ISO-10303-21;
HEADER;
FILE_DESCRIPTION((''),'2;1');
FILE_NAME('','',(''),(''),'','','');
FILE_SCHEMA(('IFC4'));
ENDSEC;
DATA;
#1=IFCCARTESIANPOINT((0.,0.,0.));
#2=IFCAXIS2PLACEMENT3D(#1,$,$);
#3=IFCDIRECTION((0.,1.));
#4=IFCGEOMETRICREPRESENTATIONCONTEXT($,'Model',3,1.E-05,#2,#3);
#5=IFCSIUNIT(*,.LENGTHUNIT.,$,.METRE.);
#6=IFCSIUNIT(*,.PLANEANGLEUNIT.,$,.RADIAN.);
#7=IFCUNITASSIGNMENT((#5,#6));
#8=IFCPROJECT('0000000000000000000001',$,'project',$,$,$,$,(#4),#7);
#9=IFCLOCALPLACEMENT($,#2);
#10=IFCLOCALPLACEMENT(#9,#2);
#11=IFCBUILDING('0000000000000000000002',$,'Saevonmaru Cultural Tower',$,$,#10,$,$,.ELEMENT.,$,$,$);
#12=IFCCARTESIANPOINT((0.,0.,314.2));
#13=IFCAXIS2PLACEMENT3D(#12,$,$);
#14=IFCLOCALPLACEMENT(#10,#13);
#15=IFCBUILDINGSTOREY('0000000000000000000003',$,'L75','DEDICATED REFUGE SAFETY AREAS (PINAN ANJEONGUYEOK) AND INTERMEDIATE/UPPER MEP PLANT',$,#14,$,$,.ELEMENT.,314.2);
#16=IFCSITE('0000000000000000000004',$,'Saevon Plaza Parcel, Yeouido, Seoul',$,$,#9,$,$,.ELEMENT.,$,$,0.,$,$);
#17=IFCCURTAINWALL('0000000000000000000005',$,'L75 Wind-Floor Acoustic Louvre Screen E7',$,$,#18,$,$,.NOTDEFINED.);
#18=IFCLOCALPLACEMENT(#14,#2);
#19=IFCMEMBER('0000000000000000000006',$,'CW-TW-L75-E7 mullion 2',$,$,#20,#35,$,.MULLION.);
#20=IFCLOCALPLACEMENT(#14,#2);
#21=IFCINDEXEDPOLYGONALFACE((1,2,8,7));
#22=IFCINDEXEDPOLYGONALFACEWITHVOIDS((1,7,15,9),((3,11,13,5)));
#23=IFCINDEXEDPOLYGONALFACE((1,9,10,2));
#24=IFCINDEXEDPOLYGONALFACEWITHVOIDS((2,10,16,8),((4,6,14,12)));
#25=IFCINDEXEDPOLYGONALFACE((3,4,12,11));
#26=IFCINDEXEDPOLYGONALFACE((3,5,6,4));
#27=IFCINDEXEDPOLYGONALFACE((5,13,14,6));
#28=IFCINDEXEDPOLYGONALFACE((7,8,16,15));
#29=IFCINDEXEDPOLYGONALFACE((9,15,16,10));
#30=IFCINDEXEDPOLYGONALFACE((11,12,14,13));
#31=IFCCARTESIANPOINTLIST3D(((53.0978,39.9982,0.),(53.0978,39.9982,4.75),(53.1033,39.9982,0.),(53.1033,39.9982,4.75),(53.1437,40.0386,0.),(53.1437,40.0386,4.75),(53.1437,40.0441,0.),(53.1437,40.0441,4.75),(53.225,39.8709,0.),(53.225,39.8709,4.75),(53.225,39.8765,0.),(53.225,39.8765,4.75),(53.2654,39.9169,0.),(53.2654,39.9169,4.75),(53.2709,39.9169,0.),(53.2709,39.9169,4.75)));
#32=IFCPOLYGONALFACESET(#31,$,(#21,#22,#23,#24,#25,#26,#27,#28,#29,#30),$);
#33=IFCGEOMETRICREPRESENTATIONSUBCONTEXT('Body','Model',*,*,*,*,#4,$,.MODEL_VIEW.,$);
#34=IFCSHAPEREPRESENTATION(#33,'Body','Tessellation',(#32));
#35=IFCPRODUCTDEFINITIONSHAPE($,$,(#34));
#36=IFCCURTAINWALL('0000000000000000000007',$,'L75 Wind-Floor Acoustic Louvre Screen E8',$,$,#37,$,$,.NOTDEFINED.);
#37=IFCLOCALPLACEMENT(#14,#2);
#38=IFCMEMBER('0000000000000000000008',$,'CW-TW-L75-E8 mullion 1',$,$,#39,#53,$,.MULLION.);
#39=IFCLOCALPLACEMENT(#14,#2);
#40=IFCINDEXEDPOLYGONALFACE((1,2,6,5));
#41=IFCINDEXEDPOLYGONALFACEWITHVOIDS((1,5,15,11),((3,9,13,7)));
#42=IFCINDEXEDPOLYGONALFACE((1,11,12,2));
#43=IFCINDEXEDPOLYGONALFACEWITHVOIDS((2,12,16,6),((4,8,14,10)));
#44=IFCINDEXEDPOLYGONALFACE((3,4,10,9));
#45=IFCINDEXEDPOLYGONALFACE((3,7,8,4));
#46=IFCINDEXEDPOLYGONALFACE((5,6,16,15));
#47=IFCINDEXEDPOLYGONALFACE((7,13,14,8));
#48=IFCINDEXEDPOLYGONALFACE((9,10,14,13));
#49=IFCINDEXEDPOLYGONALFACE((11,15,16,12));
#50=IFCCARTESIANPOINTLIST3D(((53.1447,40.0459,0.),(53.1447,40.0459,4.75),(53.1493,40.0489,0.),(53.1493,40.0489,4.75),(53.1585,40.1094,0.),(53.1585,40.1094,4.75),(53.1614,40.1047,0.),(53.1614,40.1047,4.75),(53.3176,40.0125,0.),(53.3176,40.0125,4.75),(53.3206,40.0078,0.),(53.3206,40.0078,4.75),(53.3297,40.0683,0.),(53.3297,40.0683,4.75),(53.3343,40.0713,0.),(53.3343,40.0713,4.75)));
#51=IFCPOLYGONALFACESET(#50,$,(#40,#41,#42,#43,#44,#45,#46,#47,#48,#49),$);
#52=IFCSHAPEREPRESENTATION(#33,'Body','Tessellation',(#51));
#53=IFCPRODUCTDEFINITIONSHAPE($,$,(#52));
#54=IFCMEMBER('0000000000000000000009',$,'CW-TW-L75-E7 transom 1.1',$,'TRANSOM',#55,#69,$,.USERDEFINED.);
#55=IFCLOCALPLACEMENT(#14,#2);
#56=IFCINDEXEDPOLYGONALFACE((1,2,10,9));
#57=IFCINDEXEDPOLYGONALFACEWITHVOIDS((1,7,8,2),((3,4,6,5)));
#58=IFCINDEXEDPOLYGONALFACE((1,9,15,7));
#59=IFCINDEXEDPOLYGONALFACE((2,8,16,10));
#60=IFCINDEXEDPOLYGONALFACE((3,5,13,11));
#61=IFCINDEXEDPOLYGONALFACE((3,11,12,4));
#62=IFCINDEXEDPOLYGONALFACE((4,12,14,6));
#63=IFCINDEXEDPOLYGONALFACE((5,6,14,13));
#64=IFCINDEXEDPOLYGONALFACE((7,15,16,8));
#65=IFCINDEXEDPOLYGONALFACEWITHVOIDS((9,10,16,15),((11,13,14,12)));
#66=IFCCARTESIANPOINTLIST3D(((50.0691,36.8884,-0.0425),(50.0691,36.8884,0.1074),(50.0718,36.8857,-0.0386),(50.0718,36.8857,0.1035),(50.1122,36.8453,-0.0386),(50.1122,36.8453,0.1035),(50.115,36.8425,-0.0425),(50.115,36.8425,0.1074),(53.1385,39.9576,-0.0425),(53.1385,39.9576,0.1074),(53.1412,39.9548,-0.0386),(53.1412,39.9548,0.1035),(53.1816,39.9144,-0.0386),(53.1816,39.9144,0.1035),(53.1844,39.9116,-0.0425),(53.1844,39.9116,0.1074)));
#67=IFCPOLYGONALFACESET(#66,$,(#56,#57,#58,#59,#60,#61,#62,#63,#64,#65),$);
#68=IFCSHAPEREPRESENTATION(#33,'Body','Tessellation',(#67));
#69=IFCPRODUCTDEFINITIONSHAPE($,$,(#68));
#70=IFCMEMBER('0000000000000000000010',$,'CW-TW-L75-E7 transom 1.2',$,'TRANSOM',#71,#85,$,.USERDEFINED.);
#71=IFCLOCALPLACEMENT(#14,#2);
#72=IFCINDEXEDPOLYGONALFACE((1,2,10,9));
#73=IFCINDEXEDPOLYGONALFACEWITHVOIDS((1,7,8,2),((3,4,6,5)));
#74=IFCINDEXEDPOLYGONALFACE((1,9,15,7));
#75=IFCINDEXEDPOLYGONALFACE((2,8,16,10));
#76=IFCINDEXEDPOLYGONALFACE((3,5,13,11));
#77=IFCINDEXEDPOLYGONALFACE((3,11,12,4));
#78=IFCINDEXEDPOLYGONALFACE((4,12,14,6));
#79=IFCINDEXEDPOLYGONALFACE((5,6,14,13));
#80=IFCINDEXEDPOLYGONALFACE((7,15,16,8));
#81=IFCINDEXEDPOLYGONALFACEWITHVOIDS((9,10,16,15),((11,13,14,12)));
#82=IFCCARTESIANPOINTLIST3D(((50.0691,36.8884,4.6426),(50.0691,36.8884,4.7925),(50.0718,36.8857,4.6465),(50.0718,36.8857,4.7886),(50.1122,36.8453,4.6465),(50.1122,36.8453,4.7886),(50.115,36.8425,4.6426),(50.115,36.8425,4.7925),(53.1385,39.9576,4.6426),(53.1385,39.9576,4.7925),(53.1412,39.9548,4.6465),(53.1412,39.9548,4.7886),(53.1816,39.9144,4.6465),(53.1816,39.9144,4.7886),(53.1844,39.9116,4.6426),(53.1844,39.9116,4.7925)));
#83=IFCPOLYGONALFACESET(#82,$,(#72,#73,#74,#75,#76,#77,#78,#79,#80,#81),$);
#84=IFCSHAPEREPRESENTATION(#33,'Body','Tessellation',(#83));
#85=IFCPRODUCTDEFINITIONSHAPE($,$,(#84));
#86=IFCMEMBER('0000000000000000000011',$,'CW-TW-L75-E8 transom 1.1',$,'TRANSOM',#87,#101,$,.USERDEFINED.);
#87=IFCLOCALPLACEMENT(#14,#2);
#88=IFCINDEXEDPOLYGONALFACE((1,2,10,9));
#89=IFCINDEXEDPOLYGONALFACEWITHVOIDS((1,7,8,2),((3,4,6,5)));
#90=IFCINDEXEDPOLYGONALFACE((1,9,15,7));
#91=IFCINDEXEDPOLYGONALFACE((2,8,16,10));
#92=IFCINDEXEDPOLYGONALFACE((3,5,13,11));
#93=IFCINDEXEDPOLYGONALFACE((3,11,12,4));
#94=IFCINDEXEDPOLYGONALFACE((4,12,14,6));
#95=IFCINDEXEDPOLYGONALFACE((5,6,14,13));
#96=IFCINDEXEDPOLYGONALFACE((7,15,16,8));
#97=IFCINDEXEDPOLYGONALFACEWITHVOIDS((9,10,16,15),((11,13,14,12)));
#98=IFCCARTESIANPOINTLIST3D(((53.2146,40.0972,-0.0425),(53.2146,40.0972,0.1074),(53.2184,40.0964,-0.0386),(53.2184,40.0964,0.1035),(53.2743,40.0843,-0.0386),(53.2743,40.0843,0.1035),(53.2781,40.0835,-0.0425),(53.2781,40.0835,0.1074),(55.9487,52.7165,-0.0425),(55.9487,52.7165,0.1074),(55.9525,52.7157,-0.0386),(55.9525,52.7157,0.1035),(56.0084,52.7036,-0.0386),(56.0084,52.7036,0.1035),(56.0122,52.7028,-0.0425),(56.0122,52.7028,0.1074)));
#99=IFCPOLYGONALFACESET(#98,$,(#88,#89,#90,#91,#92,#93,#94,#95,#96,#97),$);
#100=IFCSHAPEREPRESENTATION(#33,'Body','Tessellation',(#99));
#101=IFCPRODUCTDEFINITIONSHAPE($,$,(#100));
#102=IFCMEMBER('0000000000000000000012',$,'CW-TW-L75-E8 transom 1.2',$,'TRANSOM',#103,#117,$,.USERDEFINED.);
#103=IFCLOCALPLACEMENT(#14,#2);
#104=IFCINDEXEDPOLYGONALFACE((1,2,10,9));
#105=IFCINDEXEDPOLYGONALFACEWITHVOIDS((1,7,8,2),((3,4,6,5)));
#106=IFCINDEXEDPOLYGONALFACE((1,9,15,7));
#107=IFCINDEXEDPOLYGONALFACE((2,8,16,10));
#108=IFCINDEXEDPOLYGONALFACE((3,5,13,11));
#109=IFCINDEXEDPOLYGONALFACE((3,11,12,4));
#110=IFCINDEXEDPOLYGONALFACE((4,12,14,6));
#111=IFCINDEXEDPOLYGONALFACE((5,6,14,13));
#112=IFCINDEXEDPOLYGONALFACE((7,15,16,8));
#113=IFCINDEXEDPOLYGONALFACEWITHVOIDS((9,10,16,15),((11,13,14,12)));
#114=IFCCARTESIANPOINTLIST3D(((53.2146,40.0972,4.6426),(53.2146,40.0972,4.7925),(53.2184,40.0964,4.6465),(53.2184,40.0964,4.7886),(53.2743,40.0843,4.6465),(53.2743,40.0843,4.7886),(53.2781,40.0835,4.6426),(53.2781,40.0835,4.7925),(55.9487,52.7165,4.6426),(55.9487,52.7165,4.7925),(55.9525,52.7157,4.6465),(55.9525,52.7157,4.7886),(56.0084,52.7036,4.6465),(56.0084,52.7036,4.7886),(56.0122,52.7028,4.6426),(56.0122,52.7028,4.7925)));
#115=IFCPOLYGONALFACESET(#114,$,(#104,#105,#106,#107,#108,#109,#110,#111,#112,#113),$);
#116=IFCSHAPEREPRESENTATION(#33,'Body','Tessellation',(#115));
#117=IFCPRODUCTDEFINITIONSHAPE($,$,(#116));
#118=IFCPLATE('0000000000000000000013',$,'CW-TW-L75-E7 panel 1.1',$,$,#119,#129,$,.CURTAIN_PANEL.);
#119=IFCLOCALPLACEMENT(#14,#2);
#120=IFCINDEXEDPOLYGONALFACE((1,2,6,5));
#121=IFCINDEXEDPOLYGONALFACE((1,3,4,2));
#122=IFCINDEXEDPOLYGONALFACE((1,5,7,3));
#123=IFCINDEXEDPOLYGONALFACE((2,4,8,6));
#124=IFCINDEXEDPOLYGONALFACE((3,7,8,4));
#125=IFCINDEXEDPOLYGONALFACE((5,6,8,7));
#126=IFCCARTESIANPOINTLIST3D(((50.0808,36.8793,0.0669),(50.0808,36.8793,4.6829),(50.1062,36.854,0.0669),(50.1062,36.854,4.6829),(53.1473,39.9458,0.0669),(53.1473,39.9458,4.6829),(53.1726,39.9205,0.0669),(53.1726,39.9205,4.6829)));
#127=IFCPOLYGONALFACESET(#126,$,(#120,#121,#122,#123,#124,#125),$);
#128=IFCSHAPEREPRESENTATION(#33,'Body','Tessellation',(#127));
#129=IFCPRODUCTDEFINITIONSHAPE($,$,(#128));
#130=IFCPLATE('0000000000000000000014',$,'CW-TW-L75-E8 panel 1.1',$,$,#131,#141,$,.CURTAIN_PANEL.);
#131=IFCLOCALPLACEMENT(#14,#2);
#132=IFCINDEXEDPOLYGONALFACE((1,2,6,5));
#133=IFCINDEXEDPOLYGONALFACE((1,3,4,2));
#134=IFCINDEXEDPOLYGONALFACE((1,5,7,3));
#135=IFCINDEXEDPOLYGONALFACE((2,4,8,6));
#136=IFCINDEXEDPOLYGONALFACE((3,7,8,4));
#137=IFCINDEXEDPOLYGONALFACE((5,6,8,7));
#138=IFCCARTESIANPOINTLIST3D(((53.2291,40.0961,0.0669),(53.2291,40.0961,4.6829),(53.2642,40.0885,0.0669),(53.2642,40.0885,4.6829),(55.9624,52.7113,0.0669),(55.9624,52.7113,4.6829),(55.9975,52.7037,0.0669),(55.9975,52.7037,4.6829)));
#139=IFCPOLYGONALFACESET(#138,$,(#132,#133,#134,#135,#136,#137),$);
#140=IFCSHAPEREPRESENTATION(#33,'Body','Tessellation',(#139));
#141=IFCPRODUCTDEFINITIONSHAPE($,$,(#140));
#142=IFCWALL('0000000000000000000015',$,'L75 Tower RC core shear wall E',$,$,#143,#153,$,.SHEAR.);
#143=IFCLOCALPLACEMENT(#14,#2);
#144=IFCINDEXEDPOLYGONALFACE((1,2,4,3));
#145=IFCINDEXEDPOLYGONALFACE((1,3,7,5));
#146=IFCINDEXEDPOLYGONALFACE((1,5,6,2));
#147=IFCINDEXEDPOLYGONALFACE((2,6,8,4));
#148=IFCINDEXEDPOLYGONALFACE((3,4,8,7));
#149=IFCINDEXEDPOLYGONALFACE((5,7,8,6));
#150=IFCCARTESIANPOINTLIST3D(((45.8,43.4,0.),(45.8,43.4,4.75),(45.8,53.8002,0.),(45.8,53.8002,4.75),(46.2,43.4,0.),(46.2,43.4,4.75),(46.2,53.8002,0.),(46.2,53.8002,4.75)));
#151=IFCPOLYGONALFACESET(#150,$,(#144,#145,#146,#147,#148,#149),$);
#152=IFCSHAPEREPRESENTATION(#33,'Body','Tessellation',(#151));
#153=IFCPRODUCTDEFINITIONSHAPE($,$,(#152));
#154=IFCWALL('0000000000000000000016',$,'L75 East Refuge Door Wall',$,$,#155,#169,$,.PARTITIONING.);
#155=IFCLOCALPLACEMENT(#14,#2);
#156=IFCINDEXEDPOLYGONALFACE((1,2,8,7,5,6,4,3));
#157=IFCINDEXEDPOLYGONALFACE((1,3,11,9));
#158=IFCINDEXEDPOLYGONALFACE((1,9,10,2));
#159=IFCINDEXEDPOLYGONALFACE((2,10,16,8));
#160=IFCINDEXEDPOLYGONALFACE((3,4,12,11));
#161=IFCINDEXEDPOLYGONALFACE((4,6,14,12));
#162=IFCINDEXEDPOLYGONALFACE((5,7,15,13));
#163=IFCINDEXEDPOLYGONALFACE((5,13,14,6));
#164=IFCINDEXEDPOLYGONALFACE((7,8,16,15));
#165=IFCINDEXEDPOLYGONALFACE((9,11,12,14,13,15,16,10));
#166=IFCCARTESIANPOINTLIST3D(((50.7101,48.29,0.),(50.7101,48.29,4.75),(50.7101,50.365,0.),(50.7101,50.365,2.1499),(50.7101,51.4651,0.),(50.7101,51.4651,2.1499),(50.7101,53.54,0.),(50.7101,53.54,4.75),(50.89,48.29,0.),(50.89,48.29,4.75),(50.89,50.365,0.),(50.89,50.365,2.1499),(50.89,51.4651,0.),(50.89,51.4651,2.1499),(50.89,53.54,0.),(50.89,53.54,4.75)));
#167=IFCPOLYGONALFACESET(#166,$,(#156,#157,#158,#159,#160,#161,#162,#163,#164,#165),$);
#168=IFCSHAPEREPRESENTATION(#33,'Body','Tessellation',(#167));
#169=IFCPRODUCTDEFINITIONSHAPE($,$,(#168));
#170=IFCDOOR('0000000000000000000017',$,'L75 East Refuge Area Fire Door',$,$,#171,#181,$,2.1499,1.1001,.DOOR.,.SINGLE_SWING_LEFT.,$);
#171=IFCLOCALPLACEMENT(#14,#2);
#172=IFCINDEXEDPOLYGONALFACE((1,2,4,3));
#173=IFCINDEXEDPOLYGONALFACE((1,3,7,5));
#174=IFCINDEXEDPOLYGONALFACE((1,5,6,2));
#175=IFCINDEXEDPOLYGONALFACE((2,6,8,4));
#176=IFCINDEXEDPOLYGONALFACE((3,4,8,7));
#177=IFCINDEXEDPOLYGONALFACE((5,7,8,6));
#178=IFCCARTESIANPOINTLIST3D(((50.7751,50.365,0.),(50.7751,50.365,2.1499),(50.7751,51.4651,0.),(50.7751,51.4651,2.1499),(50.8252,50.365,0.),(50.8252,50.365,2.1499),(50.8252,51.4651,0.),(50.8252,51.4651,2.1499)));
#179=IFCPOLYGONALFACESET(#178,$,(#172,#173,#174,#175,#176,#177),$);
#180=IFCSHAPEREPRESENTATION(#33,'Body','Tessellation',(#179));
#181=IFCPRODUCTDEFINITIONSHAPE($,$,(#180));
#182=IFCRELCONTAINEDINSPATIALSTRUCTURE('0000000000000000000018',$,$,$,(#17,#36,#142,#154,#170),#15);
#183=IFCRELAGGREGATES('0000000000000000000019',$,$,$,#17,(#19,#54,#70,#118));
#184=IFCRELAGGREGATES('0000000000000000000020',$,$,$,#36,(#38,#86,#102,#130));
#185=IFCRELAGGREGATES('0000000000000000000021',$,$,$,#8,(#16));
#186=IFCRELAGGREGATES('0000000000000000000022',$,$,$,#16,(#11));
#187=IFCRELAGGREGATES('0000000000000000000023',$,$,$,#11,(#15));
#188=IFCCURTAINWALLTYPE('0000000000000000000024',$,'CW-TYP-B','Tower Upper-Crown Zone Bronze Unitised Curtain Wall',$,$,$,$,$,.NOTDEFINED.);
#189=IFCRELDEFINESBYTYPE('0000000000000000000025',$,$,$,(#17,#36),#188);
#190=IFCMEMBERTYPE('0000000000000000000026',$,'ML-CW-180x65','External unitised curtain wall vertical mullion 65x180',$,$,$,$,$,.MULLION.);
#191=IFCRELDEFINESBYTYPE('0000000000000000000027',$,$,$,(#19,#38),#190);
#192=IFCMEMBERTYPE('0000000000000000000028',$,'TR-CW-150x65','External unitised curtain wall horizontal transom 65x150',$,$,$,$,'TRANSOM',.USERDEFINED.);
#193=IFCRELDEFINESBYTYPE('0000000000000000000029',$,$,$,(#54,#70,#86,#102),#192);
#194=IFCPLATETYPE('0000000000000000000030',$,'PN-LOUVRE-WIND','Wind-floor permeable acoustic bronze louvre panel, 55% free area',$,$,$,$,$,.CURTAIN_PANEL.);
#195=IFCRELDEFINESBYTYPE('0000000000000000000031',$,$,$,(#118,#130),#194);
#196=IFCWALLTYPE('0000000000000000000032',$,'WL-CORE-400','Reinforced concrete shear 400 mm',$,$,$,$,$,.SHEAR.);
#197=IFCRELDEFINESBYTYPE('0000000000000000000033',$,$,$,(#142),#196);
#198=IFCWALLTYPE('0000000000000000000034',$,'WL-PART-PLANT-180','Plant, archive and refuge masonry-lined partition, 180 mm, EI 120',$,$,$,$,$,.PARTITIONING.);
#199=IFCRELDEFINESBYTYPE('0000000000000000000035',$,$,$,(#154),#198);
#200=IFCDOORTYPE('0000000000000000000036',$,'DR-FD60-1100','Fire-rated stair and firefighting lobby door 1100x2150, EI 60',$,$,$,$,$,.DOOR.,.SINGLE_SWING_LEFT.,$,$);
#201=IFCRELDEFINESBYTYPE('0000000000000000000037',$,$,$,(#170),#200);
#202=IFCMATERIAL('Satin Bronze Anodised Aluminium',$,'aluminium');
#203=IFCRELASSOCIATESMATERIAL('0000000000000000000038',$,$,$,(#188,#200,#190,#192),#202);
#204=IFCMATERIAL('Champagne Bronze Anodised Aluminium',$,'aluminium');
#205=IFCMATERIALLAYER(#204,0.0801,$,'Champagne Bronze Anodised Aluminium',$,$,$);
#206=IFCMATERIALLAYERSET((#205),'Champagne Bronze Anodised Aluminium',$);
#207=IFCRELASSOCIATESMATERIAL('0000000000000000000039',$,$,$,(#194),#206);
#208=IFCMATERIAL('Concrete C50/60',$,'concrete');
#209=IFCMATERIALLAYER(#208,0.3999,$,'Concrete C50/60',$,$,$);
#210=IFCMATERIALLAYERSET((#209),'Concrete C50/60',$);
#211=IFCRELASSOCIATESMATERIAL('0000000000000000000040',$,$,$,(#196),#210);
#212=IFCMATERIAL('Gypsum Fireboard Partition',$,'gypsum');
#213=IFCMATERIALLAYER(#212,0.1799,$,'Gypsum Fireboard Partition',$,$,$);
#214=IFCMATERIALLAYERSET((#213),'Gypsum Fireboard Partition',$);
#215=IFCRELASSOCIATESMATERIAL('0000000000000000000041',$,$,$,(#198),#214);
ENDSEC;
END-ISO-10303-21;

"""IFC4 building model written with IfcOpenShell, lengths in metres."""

from ifc_helpers import new_model, si_unit, direction, frame, frame_2d, origin, origin_2d, place, context, subcontext, project, spatial, rectangle, hollow_rectangle, extrude, material, layer, layer_set, material_profile, profile_set, type_object, element, fill, aggregate, save


model = new_model("IFC4")

# Units and contexts
model_context = context("Model", 3, precision=1e-05, world=origin(), true_north=direction((0.0, 1.0)))
body_context = subcontext(model_context, "Body", "Model", "MODEL_VIEW")
ifc_project = project(units=[si_unit("LENGTHUNIT", "METRE"), si_unit("PLANEANGLEUNIT", "RADIAN")], contexts=[model_context])

# Site, building, storey
site_placement = place(None, origin())
site = spatial("IfcSite", under=ifc_project, at=site_placement, Name="Saevon Plaza Parcel, Yeouido, Seoul", CompositionType="ELEMENT", RefElevation=0.0)
building_placement = place(site_placement, origin())
building = spatial("IfcBuilding", under=site, at=building_placement, Name="Saevonmaru Cultural Tower", CompositionType="ELEMENT")
storey_placement = place(building_placement, frame((0.0, 0.0, 314.2)))
storey = spatial("IfcBuildingStorey", under=building, at=storey_placement, Name="L75", Description="DEDICATED REFUGE SAFETY AREAS (PINAN ANJEONGUYEOK) AND INTERMEDIATE/UPPER MEP PLANT", CompositionType="ELEMENT", Elevation=314.2)

# Shared definitions
ifc_material_1 = material(Name="Satin Bronze Anodised Aluminium", Category="aluminium")
curtain_wall_type = type_object("IfcCurtainWallType", Name="CW-TYP-B", Description="Tower Upper-Crown Zone Bronze Unitised Curtain Wall", PredefinedType="NOTDEFINED", material=ifc_material_1)
ifc_material_profile_1 = material_profile(ifc_material_1, hollow_rectangle(XDim=0.0649, YDim=0.1799, WallThickness=0.0039, at=origin_2d()), Name="ALU-MULL-180x65x4")
ifc_profile_set_1 = profile_set([ifc_material_profile_1], Name="Satin Bronze Anodised Aluminium")
member_type_1 = type_object("IfcMemberType", Name="ML-CW-180x65", Description="External unitised curtain wall vertical mullion 65x180", PredefinedType="MULLION", material=ifc_profile_set_1)

# Curtain wall, member
curtain_wall_1_placement = place(storey_placement, origin())
curtain_wall_1 = element("IfcCurtainWall", 1, at=curtain_wall_1_placement, inside=storey, type_object=curtain_wall_type, Name="L75 Wind-Floor Acoustic Louvre Screen E7", PredefinedType="NOTDEFINED")
member_1_placement = place(storey_placement, frame((53.1843, 39.9575, 0.0), z_axis=(0.0, 0.0, 1.0), x_axis=(0.707107, 0.707107, 0.0)))
member_1 = element("IfcMember", 2, at=member_1_placement, type_object=member_type_1, Name="CW-TW-L75-E7 mullion 2", PredefinedType="MULLION", context=body_context, shape_type="SweptSolid", body=[
    extrude(hollow_rectangle(XDim=0.0649, YDim=0.1799, WallThickness=0.0039, at=origin_2d()), origin(), (0.0, 0.0, 1.0), 4.75),
])

# Curtain wall, member
curtain_wall_2_placement = place(storey_placement, origin())
curtain_wall_2 = element("IfcCurtainWall", 3, at=curtain_wall_2_placement, inside=storey, type_object=curtain_wall_type, Name="L75 Wind-Floor Acoustic Louvre Screen E8", PredefinedType="NOTDEFINED")
member_2_placement = place(storey_placement, frame((53.2395, 40.0586, 0.0), z_axis=(0.0, 0.0, 1.0), x_axis=(0.21175, 0.977324, 0.0)))
member_2 = element("IfcMember", 4, at=member_2_placement, type_object=member_type_1, Name="CW-TW-L75-E8 mullion 1", PredefinedType="MULLION", context=body_context, shape_type="SweptSolid", body=[
    extrude(hollow_rectangle(XDim=0.0649, YDim=0.1799, WallThickness=0.0039, at=origin_2d()), origin(), (0.0, 0.0, 1.0), 4.75),
])

# Members
ifc_material_profile_2 = material_profile(ifc_material_1, hollow_rectangle(XDim=0.0649, YDim=0.1499, WallThickness=0.0039, at=origin_2d()), Name="ALU-TRAN-150x65x4")
ifc_profile_set_2 = profile_set([ifc_material_profile_2], Name="Satin Bronze Anodised Aluminium")
member_type_2 = type_object("IfcMemberType", Name="TR-CW-150x65", Description="External unitised curtain wall horizontal transom 65x150", ElementType="TRANSOM", PredefinedType="USERDEFINED", material=ifc_profile_set_2)
member_3_placement = place(storey_placement, frame((50.092, 36.8655, 0.0325), z_axis=(0.707135, 0.707079, 0.0), x_axis=(-0.707079, 0.707135, 0.0)))
member_3 = element("IfcMember", 5, at=member_3_placement, type_object=member_type_2, Name="CW-TW-L75-E7 transom 1.1", ObjectType="TRANSOM", PredefinedType="USERDEFINED", context=body_context, shape_type="SweptSolid", body=[
    extrude(hollow_rectangle(XDim=0.0649, YDim=0.1499, WallThickness=0.0039, at=origin_2d()), origin(), (0.0, 0.0, 1.0), 4.3406),
])
member_4_placement = place(storey_placement, frame((50.092, 36.8655, 4.7175), z_axis=(0.707135, 0.707079, 0.0), x_axis=(-0.707079, 0.707135, 0.0)))
member_4 = element("IfcMember", 6, at=member_4_placement, type_object=member_type_2, Name="CW-TW-L75-E7 transom 1.2", ObjectType="TRANSOM", PredefinedType="USERDEFINED", context=body_context, shape_type="SweptSolid", body=[
    extrude(hollow_rectangle(XDim=0.0649, YDim=0.1499, WallThickness=0.0039, at=origin_2d()), origin(), (0.0, 0.0, 1.0), 4.3406),
])
member_5_placement = place(storey_placement, frame((53.2463, 40.0903, 0.0325), z_axis=(0.211748, 0.977324, 0.0), x_axis=(-0.977324, 0.211748, 0.0)))
member_5 = element("IfcMember", 7, at=member_5_placement, type_object=member_type_2, Name="CW-TW-L75-E8 transom 1.1", ObjectType="TRANSOM", PredefinedType="USERDEFINED", context=body_context, shape_type="SweptSolid", body=[
    extrude(hollow_rectangle(XDim=0.0649, YDim=0.1499, WallThickness=0.0039, at=origin_2d()), origin(), (0.0, 0.0, 1.0), 12.9121),
])
member_6_placement = place(storey_placement, frame((53.2463, 40.0903, 4.7175), z_axis=(0.211748, 0.977324, 0.0), x_axis=(-0.977324, 0.211748, 0.0)))
member_6 = element("IfcMember", 8, at=member_6_placement, type_object=member_type_2, Name="CW-TW-L75-E8 transom 1.2", ObjectType="TRANSOM", PredefinedType="USERDEFINED", context=body_context, shape_type="SweptSolid", body=[
    extrude(hollow_rectangle(XDim=0.0649, YDim=0.1499, WallThickness=0.0039, at=origin_2d()), origin(), (0.0, 0.0, 1.0), 12.9121),
])

# Plates
ifc_material_2 = material(Name="Champagne Bronze Anodised Aluminium", Category="aluminium")
ifc_layer_1 = layer(ifc_material_2, 0.0801, Name="Champagne Bronze Anodised Aluminium")
ifc_layer_set_1 = layer_set([ifc_layer_1], Name="Champagne Bronze Anodised Aluminium")
plate_type = type_object("IfcPlateType", Name="PN-LOUVRE-WIND", Description="Wind-floor permeable acoustic bronze louvre panel, 55% free area", PredefinedType="CURTAIN_PANEL", material=ifc_layer_set_1)
plate_1_placement = place(storey_placement, frame((51.6267, 38.3999, 0.0669), z_axis=(0.0, 0.0, 1.0), x_axis=(0.707107, 0.707107, 0.0)))
plate_1 = element("IfcPlate", 9, at=plate_1_placement, type_object=plate_type, Name="CW-TW-L75-E7 panel 1.1", PredefinedType="CURTAIN_PANEL", context=body_context, shape_type="SweptSolid", body=[
    extrude(rectangle(XDim=4.3367, YDim=0.0359, at=origin_2d()), origin(), (0.0, 0.0, 1.0), 4.616),
])
aggregate(curtain_wall_1, [member_1, member_3, member_4, plate_1])
plate_2_placement = place(storey_placement, frame((54.6133, 46.3999, 0.0669), z_axis=(0.0, 0.0, 1.0), x_axis=(0.21175, 0.977324, 0.0)))
plate_2 = element("IfcPlate", 10, at=plate_2_placement, type_object=plate_type, Name="CW-TW-L75-E8 panel 1.1", PredefinedType="CURTAIN_PANEL", context=body_context, shape_type="SweptSolid", body=[
    extrude(rectangle(XDim=12.908, YDim=0.0359, at=origin_2d()), origin(), (0.0, 0.0, 1.0), 4.616),
])
aggregate(curtain_wall_2, [member_2, member_5, member_6, plate_2])

# Wall
ifc_material_3 = material(Name="Concrete C50/60", Category="concrete")
ifc_layer_2 = layer(ifc_material_3, 0.3999, Name="Concrete C50/60")
ifc_layer_set_2 = layer_set([ifc_layer_2], Name="Concrete C50/60")
wall_type_1 = type_object("IfcWallType", Name="WL-CORE-400", Description="Reinforced concrete shear 400 mm", PredefinedType="SHEAR", material=ifc_layer_set_2)
wall_1_placement = place(storey_placement, frame((46.0, 43.3999, 0.0), z_axis=(0.0, 0.0, 1.0), x_axis=(0.0, 1.0, 0.0)))
element("IfcWall", 11, at=wall_1_placement, inside=storey, type_object=wall_type_1, Name="L75 Tower RC core shear wall E", PredefinedType="SHEAR", context=body_context, shape_type="SweptSolid", body=[
    extrude(rectangle(XDim=10.4001, YDim=0.3999, at=frame_2d((5.2002, 0.0))), origin(), (0.0, 0.0, 1.0), 4.75),
])

# Wall, opening, door
ifc_material_4 = material(Name="Gypsum Fireboard Partition", Category="gypsum")
ifc_layer_3 = layer(ifc_material_4, 0.1799, Name="Gypsum Fireboard Partition")
ifc_layer_set_3 = layer_set([ifc_layer_3], Name="Gypsum Fireboard Partition")
wall_type_2 = type_object("IfcWallType", Name="WL-PART-PLANT-180", Description="Plant, archive and refuge masonry-lined partition, 180 mm, EI 120", PredefinedType="PARTITIONING", material=ifc_layer_set_3)
wall_2_placement = place(storey_placement, frame((50.8, 48.29, 0.0), z_axis=(0.0, 0.0, 1.0), x_axis=(0.0, 1.0, 0.0)))
wall_2 = element("IfcWall", 12, at=wall_2_placement, inside=storey, type_object=wall_type_2, Name="L75 East Refuge Door Wall", PredefinedType="PARTITIONING", context=body_context, shape_type="SweptSolid", body=[
    extrude(rectangle(XDim=5.25, YDim=0.1799, at=frame_2d((2.625, 0.0))), origin(), (0.0, 0.0, 1.0), 4.75),
])
opening_1_placement = place(wall_2_placement, frame((2.075, 0.0, 0.0)))
opening_1 = element("IfcOpeningElement", 13, at=opening_1_placement, cuts=wall_2, PredefinedType="OPENING", context=body_context, shape_type="SweptSolid", body=[
    extrude(rectangle(XDim=1.1001, YDim=2.1499, at=frame_2d((0.55, 1.075))), frame((0.0, 0.1001, 0.0), z_axis=(0.0, -1.0, 0.0), x_axis=(1.0, 0.0, 0.0)), (0.0, 0.0, 1.0), 0.2),
])
door_type_1 = type_object("IfcDoorType", Name="DR-FD60-1100", Description="Fire-rated stair and firefighting lobby door 1100x2150, EI 60", OperationType="SINGLE_SWING_LEFT", PredefinedType="DOOR", material=ifc_material_1)
door_1_placement = place(opening_1_placement, origin())
door_1 = element("IfcDoor", 14, at=door_1_placement, inside=storey, type_object=door_type_1, Name="L75 East Refuge Area Fire Door", OperationType="SINGLE_SWING_LEFT", OverallHeight=2.1499, OverallWidth=1.1001, PredefinedType="DOOR", context=body_context, shape_type="SweptSolid", body=[
    extrude(rectangle(XDim=1.1001, YDim=2.1499, at=frame_2d((0.55, 1.075))), frame((0.0, 0.0249, 0.0), z_axis=(0.0, -1.0, 0.0), x_axis=(1.0, 0.0, 0.0)), (0.0, 0.0, 1.0), 0.05),
])
fill(opening_1, door_1)

save(model, "model.ifc")
